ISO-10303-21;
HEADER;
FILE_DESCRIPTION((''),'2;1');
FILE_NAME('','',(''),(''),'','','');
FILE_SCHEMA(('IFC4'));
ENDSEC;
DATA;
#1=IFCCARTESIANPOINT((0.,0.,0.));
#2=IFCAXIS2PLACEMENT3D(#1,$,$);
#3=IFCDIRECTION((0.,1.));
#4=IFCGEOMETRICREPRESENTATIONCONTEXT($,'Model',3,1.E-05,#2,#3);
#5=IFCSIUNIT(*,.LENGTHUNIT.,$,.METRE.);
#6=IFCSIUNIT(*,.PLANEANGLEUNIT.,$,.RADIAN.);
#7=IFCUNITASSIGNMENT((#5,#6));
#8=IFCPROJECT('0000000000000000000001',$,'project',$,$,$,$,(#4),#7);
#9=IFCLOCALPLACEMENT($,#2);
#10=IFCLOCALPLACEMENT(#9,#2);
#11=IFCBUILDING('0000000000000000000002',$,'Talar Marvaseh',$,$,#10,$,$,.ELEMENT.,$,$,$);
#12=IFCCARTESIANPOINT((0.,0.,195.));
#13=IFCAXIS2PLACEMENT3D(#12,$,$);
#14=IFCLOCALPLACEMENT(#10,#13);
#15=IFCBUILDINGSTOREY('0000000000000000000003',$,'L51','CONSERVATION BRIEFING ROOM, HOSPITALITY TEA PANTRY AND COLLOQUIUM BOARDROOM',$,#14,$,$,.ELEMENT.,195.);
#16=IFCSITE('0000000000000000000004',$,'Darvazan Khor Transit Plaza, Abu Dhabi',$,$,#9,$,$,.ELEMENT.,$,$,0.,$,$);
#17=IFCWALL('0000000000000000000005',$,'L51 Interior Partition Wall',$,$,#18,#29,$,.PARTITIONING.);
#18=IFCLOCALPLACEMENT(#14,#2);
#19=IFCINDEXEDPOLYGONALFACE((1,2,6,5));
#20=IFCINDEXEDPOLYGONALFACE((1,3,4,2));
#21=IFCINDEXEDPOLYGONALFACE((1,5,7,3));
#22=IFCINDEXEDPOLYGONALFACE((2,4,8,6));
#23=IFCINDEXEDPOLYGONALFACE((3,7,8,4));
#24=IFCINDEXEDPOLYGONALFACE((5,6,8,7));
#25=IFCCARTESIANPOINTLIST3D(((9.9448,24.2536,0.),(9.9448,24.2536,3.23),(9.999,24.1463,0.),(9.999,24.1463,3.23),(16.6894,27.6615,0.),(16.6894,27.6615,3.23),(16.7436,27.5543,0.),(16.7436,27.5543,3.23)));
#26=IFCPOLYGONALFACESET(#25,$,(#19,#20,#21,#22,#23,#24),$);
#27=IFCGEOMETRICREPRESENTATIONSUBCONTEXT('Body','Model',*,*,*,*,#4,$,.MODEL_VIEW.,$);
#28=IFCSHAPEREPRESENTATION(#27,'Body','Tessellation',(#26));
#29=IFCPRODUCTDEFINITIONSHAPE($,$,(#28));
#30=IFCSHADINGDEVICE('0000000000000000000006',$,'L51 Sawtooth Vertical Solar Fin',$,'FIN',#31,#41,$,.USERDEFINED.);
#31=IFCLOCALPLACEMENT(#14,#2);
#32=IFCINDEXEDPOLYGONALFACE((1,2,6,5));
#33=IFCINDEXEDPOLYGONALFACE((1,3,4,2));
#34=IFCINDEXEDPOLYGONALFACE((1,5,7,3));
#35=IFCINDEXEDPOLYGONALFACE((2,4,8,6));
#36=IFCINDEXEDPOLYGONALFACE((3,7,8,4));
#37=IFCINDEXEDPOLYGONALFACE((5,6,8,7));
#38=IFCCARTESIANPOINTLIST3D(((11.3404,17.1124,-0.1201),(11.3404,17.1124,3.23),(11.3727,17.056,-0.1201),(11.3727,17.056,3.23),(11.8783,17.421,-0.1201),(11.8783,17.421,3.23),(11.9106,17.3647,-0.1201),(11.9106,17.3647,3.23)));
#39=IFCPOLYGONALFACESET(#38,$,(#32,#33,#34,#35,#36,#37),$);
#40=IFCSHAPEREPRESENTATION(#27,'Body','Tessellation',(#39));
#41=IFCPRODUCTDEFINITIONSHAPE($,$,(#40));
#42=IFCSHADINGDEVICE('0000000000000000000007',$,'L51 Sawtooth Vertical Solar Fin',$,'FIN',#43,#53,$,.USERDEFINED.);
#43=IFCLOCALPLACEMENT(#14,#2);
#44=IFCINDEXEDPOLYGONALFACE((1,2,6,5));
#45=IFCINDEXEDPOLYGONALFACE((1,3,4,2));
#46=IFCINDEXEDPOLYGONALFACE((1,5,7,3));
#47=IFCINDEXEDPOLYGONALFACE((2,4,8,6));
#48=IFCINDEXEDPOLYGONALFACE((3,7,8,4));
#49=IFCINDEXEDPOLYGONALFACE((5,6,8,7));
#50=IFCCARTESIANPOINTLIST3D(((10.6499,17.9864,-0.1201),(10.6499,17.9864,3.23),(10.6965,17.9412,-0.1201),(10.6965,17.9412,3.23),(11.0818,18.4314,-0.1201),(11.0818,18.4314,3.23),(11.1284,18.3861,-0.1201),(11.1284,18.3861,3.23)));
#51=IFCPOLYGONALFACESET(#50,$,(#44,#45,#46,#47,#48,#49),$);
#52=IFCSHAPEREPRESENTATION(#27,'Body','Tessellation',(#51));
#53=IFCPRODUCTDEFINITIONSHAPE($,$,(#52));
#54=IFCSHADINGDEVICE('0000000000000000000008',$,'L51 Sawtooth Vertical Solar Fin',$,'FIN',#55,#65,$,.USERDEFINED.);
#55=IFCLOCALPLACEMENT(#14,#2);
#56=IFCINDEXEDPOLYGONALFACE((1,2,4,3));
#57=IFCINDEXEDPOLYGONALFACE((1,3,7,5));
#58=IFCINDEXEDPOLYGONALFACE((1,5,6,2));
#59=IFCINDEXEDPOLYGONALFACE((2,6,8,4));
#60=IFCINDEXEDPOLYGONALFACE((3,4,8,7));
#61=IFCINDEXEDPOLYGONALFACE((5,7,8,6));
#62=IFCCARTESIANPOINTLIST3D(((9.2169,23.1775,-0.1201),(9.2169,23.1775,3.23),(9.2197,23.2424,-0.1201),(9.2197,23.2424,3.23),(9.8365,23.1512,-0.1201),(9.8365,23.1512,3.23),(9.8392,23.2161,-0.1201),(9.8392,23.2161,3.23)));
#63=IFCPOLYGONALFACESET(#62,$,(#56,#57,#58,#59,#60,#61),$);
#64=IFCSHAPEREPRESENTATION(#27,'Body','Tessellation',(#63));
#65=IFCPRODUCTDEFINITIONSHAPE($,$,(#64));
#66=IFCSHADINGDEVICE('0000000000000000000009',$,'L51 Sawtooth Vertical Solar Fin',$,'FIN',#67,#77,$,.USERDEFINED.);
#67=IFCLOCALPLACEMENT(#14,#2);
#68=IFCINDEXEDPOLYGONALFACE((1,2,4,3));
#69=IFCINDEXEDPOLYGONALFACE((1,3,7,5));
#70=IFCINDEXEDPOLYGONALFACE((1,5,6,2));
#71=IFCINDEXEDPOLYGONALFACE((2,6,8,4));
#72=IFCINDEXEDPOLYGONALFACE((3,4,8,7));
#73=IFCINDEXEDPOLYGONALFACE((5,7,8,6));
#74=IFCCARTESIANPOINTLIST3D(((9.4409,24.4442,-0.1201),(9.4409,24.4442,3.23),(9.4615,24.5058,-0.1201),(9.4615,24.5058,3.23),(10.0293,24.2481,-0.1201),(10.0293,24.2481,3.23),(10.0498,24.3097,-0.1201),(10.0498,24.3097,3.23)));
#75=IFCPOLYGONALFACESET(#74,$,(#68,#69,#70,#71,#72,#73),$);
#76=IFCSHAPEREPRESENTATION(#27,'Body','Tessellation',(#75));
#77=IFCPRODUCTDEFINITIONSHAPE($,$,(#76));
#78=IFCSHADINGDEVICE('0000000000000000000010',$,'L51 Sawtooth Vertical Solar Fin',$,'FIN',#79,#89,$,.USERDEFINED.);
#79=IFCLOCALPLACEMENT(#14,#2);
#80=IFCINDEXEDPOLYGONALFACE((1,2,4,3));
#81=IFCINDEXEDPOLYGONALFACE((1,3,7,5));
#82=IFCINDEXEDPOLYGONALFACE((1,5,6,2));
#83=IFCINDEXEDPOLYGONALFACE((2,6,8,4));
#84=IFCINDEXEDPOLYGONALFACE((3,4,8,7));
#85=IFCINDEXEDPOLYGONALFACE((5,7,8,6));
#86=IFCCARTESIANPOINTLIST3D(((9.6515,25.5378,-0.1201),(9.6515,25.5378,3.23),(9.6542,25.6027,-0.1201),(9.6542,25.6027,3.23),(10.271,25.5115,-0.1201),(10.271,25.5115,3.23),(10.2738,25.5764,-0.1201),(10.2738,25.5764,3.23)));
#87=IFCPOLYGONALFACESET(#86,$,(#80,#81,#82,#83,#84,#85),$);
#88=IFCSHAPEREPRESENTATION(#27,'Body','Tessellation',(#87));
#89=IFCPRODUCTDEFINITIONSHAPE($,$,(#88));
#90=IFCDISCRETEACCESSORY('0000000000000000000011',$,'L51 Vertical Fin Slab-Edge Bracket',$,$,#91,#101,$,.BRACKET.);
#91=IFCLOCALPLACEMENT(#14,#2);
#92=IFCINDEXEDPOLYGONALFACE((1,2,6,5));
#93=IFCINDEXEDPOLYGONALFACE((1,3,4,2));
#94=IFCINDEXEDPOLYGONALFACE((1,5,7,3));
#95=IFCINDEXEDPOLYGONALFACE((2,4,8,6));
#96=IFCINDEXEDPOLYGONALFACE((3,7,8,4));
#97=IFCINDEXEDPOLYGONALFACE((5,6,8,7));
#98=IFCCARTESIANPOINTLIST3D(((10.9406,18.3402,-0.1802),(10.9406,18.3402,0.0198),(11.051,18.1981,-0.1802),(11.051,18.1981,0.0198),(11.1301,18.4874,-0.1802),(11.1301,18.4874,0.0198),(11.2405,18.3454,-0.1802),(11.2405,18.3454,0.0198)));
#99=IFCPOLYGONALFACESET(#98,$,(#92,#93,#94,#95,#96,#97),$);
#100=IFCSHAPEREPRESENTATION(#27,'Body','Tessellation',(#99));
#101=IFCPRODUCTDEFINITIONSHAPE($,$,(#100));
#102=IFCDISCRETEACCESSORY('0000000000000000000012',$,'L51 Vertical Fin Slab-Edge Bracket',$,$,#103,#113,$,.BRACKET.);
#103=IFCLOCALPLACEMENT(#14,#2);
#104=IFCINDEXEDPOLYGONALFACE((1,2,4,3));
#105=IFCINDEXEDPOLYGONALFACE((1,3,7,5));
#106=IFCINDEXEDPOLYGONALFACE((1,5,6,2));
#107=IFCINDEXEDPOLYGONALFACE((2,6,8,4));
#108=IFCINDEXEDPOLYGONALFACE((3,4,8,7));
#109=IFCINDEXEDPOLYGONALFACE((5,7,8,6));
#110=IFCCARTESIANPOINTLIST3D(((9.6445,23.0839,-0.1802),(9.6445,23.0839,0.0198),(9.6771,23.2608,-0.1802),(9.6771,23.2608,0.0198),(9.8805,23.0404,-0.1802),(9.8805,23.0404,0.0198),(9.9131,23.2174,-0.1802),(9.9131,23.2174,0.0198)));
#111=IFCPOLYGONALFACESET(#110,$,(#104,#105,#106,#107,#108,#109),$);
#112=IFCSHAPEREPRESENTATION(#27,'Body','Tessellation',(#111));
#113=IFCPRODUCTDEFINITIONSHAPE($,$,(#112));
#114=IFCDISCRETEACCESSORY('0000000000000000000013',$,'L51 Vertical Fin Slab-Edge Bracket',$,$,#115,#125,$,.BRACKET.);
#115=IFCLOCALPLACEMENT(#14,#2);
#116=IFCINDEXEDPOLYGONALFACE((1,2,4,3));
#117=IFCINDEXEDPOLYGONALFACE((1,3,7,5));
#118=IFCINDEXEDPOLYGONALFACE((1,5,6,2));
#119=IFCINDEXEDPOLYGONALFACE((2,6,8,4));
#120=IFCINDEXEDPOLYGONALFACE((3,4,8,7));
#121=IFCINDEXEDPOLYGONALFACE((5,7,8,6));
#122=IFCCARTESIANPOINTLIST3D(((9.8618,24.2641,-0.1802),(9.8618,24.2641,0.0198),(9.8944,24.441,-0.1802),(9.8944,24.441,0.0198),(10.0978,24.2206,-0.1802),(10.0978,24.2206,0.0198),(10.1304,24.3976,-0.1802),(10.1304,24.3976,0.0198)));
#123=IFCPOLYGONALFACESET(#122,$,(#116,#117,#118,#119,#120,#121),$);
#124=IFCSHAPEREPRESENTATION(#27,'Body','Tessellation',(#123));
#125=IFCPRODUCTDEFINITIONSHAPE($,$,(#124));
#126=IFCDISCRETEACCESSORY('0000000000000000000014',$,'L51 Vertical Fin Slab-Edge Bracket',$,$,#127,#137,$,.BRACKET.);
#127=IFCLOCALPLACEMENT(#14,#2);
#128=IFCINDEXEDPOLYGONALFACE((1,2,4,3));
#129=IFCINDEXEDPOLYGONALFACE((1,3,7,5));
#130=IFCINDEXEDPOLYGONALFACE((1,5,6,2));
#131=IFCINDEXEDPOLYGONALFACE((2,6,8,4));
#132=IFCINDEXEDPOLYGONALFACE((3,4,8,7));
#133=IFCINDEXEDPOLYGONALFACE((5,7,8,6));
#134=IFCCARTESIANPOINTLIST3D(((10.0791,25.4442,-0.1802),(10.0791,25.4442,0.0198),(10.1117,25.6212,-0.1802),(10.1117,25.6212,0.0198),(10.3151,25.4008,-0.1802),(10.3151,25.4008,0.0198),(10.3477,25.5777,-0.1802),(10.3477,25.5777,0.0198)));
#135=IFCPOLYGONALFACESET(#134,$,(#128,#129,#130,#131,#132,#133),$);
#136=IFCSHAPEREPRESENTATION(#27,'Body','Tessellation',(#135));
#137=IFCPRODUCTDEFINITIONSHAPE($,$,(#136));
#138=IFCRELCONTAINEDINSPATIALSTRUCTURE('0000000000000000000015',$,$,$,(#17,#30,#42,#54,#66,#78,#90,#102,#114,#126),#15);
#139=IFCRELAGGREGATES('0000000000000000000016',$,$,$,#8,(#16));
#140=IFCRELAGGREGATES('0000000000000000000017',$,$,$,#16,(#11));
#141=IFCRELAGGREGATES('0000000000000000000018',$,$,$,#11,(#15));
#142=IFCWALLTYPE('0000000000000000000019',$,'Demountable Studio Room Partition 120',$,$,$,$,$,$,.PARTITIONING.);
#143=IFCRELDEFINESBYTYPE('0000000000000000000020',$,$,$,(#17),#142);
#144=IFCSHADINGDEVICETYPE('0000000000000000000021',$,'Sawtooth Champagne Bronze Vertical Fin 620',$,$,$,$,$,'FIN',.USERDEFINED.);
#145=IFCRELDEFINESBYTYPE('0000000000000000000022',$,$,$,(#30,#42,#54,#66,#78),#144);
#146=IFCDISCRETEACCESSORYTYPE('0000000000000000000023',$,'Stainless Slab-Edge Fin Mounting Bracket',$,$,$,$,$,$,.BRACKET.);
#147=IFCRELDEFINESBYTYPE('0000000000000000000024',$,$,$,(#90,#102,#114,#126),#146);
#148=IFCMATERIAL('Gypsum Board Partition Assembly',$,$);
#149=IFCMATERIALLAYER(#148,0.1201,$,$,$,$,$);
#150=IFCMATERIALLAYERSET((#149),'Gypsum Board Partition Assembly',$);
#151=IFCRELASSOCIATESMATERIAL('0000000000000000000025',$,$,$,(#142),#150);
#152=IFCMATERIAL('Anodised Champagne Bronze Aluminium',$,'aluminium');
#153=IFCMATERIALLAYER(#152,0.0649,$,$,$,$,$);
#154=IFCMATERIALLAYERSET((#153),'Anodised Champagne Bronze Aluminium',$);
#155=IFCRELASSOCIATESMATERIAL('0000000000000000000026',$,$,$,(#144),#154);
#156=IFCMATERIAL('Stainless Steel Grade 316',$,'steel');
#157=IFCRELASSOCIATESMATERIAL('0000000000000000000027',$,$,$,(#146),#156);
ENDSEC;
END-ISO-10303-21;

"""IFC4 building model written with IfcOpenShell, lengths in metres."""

from ifc_helpers import new_model, si_unit, direction, frame, frame_2d, origin, origin_2d, place, context, subcontext, project, spatial, rectangle, extrude, source, transform, mapped, material, layer, layer_set, type_object, type_shapes, element, save


model = new_model("IFC4")

# Units and contexts
model_context = context("Model", 3, precision=1e-05, world=origin(), true_north=direction((0.0, 1.0)))
body_context = subcontext(model_context, "Body", "Model", "MODEL_VIEW")
ifc_project = project(units=[si_unit("LENGTHUNIT", "METRE"), si_unit("PLANEANGLEUNIT", "RADIAN")], contexts=[model_context])

# Site, building, storey
site_placement = place(None, origin())
site = spatial("IfcSite", under=ifc_project, at=site_placement, Name="Darvazan Khor Transit Plaza, Abu Dhabi", CompositionType="ELEMENT", RefElevation=0.0)
building_placement = place(site_placement, origin())
building = spatial("IfcBuilding", under=site, at=building_placement, Name="Talar Marvaseh", CompositionType="ELEMENT")
storey_placement = place(building_placement, frame((0.0, 0.0, 195.0)))
storey = spatial("IfcBuildingStorey", under=building, at=storey_placement, Name="L51", Description="CONSERVATION BRIEFING ROOM, HOSPITALITY TEA PANTRY AND COLLOQUIUM BOARDROOM", CompositionType="ELEMENT", Elevation=195.0)

# Wall
ifc_material_1 = material(Name="Gypsum Board Partition Assembly")
ifc_layer_1 = layer(ifc_material_1, 0.1201)
ifc_layer_set_1 = layer_set([ifc_layer_1], Name="Gypsum Board Partition Assembly")
wall_type_1 = type_object("IfcWallType", Name="Demountable Studio Room Partition 120", PredefinedType="PARTITIONING", material=ifc_layer_set_1)
wall_1_placement = place(storey_placement, frame((9.9719, 24.2, 0.0), z_axis=(0.0, 0.0, 1.0), x_axis=(0.892532, 0.450983, 0.0)))
element("IfcWall", 1, at=wall_1_placement, inside=storey, type_object=wall_type_1, Name="L51 Interior Partition Wall", PredefinedType="PARTITIONING", context=body_context, shape_type="SweptSolid", body=[
    extrude(rectangle(XDim=7.5566, YDim=0.1201, at=frame_2d((3.7783, 0.0))), origin(), (0.0, 0.0, 1.0), 3.23),
])

# Shading devices
ifc_material_2 = material(Name="Anodised Champagne Bronze Aluminium", Category="aluminium")
ifc_layer_2 = layer(ifc_material_2, 0.0649)
ifc_layer_set_2 = layer_set([ifc_layer_2], Name="Anodised Champagne Bronze Aluminium")
shading_device_type = type_object("IfcShadingDeviceType", Name="Sawtooth Champagne Bronze Vertical Fin 620", ElementType="FIN", PredefinedType="USERDEFINED", material=ifc_layer_set_2)
shared_shape_1 = source(origin(), body_context, "Body", "SweptSolid", [
    extrude(rectangle(XDim=0.6201, YDim=0.0649, at=origin_2d()), origin(), (0.0, 0.0, 1.0), 3.3501),
])
type_shapes(shading_device_type, [shared_shape_1])
for number, where, z_axis, x_axis, name in (
    (2, (11.6255, 17.2385, -0.1201), (0.0, 0.0, 1.0), (-0.867331, -0.497731, 0.0), "L51 Sawtooth Vertical Solar Fin"),
    (3, (10.8892, 18.1863, -0.1201), (0.0, 0.0, 1.0), (-0.696539, -0.717519, 0.0), "L51 Sawtooth Vertical Solar Fin"),
    (4, (9.5281, 23.1968, -0.1201), (0.0, 0.0, 1.0), (-0.999101, 0.042399, 0.0), "L51 Sawtooth Vertical Solar Fin"),
    (5, (9.7454, 24.377, -0.1201), (0.0, 0.0, 1.0), (-0.948711, 0.316146, 0.0), "L51 Sawtooth Vertical Solar Fin"),
    (6, (9.9626, 25.5571, -0.1201), (0.0, 0.0, 1.0), (-0.999101, 0.042399, 0.0), "L51 Sawtooth Vertical Solar Fin"),
):
    element("IfcShadingDevice", number, at=place(storey_placement, frame(where, z_axis=z_axis, x_axis=x_axis)), inside=storey, type_object=shading_device_type, Name=name, ObjectType="FIN", PredefinedType="USERDEFINED", context=body_context, shape_type="MappedRepresentation", body=[
        mapped(shared_shape_1, transform((0.0, 0.0, 0.0), x_axis=(1.0, 0.0, 0.0), y_axis=(0.0, 1.0, 0.0), z_axis=(0.0, 0.0, 1.0), scale=1.0)),
    ])

# Discrete accessories
ifc_material_3 = material(Name="Stainless Steel Grade 316", Category="steel")
discrete_accessory_type = type_object("IfcDiscreteAccessoryType", Name="Stainless Slab-Edge Fin Mounting Bracket", PredefinedType="BRACKET", material=ifc_material_3)
shared_shape_2 = source(origin(), body_context, "Body", "SweptSolid", [
    extrude(rectangle(XDim=0.24, YDim=0.1799, at=origin_2d()), origin(), (0.0, 0.0, 1.0), 0.2),
])
type_shapes(discrete_accessory_type, [shared_shape_2])
for number, where, z_axis, x_axis, name in (
    (7, (11.0906, 18.3428, -0.1802), (0.0, 0.0, 1.0), (-0.78962, -0.613596, 0.0), "L51 Vertical Fin Slab-Edge Bracket"),
    (8, (9.7788, 23.1506, -0.1802), (0.0, 0.0, 1.0), (-0.983477, 0.181034, 0.0), "L51 Vertical Fin Slab-Edge Bracket"),
    (9, (9.9961, 24.3308, -0.1802), (0.0, 0.0, 1.0), (-0.983477, 0.181034, 0.0), "L51 Vertical Fin Slab-Edge Bracket"),
    (10, (10.2134, 25.511, -0.1802), (0.0, 0.0, 1.0), (-0.983477, 0.181034, 0.0), "L51 Vertical Fin Slab-Edge Bracket"),
):
    element("IfcDiscreteAccessory", number, at=place(storey_placement, frame(where, z_axis=z_axis, x_axis=x_axis)), inside=storey, type_object=discrete_accessory_type, Name=name, PredefinedType="BRACKET", context=body_context, shape_type="MappedRepresentation", body=[
        mapped(shared_shape_2, transform((0.0, 0.0, 0.0), x_axis=(1.0, 0.0, 0.0), y_axis=(0.0, 1.0, 0.0), z_axis=(0.0, 0.0, 1.0), scale=1.0)),
    ])

save(model, "model.ifc")
